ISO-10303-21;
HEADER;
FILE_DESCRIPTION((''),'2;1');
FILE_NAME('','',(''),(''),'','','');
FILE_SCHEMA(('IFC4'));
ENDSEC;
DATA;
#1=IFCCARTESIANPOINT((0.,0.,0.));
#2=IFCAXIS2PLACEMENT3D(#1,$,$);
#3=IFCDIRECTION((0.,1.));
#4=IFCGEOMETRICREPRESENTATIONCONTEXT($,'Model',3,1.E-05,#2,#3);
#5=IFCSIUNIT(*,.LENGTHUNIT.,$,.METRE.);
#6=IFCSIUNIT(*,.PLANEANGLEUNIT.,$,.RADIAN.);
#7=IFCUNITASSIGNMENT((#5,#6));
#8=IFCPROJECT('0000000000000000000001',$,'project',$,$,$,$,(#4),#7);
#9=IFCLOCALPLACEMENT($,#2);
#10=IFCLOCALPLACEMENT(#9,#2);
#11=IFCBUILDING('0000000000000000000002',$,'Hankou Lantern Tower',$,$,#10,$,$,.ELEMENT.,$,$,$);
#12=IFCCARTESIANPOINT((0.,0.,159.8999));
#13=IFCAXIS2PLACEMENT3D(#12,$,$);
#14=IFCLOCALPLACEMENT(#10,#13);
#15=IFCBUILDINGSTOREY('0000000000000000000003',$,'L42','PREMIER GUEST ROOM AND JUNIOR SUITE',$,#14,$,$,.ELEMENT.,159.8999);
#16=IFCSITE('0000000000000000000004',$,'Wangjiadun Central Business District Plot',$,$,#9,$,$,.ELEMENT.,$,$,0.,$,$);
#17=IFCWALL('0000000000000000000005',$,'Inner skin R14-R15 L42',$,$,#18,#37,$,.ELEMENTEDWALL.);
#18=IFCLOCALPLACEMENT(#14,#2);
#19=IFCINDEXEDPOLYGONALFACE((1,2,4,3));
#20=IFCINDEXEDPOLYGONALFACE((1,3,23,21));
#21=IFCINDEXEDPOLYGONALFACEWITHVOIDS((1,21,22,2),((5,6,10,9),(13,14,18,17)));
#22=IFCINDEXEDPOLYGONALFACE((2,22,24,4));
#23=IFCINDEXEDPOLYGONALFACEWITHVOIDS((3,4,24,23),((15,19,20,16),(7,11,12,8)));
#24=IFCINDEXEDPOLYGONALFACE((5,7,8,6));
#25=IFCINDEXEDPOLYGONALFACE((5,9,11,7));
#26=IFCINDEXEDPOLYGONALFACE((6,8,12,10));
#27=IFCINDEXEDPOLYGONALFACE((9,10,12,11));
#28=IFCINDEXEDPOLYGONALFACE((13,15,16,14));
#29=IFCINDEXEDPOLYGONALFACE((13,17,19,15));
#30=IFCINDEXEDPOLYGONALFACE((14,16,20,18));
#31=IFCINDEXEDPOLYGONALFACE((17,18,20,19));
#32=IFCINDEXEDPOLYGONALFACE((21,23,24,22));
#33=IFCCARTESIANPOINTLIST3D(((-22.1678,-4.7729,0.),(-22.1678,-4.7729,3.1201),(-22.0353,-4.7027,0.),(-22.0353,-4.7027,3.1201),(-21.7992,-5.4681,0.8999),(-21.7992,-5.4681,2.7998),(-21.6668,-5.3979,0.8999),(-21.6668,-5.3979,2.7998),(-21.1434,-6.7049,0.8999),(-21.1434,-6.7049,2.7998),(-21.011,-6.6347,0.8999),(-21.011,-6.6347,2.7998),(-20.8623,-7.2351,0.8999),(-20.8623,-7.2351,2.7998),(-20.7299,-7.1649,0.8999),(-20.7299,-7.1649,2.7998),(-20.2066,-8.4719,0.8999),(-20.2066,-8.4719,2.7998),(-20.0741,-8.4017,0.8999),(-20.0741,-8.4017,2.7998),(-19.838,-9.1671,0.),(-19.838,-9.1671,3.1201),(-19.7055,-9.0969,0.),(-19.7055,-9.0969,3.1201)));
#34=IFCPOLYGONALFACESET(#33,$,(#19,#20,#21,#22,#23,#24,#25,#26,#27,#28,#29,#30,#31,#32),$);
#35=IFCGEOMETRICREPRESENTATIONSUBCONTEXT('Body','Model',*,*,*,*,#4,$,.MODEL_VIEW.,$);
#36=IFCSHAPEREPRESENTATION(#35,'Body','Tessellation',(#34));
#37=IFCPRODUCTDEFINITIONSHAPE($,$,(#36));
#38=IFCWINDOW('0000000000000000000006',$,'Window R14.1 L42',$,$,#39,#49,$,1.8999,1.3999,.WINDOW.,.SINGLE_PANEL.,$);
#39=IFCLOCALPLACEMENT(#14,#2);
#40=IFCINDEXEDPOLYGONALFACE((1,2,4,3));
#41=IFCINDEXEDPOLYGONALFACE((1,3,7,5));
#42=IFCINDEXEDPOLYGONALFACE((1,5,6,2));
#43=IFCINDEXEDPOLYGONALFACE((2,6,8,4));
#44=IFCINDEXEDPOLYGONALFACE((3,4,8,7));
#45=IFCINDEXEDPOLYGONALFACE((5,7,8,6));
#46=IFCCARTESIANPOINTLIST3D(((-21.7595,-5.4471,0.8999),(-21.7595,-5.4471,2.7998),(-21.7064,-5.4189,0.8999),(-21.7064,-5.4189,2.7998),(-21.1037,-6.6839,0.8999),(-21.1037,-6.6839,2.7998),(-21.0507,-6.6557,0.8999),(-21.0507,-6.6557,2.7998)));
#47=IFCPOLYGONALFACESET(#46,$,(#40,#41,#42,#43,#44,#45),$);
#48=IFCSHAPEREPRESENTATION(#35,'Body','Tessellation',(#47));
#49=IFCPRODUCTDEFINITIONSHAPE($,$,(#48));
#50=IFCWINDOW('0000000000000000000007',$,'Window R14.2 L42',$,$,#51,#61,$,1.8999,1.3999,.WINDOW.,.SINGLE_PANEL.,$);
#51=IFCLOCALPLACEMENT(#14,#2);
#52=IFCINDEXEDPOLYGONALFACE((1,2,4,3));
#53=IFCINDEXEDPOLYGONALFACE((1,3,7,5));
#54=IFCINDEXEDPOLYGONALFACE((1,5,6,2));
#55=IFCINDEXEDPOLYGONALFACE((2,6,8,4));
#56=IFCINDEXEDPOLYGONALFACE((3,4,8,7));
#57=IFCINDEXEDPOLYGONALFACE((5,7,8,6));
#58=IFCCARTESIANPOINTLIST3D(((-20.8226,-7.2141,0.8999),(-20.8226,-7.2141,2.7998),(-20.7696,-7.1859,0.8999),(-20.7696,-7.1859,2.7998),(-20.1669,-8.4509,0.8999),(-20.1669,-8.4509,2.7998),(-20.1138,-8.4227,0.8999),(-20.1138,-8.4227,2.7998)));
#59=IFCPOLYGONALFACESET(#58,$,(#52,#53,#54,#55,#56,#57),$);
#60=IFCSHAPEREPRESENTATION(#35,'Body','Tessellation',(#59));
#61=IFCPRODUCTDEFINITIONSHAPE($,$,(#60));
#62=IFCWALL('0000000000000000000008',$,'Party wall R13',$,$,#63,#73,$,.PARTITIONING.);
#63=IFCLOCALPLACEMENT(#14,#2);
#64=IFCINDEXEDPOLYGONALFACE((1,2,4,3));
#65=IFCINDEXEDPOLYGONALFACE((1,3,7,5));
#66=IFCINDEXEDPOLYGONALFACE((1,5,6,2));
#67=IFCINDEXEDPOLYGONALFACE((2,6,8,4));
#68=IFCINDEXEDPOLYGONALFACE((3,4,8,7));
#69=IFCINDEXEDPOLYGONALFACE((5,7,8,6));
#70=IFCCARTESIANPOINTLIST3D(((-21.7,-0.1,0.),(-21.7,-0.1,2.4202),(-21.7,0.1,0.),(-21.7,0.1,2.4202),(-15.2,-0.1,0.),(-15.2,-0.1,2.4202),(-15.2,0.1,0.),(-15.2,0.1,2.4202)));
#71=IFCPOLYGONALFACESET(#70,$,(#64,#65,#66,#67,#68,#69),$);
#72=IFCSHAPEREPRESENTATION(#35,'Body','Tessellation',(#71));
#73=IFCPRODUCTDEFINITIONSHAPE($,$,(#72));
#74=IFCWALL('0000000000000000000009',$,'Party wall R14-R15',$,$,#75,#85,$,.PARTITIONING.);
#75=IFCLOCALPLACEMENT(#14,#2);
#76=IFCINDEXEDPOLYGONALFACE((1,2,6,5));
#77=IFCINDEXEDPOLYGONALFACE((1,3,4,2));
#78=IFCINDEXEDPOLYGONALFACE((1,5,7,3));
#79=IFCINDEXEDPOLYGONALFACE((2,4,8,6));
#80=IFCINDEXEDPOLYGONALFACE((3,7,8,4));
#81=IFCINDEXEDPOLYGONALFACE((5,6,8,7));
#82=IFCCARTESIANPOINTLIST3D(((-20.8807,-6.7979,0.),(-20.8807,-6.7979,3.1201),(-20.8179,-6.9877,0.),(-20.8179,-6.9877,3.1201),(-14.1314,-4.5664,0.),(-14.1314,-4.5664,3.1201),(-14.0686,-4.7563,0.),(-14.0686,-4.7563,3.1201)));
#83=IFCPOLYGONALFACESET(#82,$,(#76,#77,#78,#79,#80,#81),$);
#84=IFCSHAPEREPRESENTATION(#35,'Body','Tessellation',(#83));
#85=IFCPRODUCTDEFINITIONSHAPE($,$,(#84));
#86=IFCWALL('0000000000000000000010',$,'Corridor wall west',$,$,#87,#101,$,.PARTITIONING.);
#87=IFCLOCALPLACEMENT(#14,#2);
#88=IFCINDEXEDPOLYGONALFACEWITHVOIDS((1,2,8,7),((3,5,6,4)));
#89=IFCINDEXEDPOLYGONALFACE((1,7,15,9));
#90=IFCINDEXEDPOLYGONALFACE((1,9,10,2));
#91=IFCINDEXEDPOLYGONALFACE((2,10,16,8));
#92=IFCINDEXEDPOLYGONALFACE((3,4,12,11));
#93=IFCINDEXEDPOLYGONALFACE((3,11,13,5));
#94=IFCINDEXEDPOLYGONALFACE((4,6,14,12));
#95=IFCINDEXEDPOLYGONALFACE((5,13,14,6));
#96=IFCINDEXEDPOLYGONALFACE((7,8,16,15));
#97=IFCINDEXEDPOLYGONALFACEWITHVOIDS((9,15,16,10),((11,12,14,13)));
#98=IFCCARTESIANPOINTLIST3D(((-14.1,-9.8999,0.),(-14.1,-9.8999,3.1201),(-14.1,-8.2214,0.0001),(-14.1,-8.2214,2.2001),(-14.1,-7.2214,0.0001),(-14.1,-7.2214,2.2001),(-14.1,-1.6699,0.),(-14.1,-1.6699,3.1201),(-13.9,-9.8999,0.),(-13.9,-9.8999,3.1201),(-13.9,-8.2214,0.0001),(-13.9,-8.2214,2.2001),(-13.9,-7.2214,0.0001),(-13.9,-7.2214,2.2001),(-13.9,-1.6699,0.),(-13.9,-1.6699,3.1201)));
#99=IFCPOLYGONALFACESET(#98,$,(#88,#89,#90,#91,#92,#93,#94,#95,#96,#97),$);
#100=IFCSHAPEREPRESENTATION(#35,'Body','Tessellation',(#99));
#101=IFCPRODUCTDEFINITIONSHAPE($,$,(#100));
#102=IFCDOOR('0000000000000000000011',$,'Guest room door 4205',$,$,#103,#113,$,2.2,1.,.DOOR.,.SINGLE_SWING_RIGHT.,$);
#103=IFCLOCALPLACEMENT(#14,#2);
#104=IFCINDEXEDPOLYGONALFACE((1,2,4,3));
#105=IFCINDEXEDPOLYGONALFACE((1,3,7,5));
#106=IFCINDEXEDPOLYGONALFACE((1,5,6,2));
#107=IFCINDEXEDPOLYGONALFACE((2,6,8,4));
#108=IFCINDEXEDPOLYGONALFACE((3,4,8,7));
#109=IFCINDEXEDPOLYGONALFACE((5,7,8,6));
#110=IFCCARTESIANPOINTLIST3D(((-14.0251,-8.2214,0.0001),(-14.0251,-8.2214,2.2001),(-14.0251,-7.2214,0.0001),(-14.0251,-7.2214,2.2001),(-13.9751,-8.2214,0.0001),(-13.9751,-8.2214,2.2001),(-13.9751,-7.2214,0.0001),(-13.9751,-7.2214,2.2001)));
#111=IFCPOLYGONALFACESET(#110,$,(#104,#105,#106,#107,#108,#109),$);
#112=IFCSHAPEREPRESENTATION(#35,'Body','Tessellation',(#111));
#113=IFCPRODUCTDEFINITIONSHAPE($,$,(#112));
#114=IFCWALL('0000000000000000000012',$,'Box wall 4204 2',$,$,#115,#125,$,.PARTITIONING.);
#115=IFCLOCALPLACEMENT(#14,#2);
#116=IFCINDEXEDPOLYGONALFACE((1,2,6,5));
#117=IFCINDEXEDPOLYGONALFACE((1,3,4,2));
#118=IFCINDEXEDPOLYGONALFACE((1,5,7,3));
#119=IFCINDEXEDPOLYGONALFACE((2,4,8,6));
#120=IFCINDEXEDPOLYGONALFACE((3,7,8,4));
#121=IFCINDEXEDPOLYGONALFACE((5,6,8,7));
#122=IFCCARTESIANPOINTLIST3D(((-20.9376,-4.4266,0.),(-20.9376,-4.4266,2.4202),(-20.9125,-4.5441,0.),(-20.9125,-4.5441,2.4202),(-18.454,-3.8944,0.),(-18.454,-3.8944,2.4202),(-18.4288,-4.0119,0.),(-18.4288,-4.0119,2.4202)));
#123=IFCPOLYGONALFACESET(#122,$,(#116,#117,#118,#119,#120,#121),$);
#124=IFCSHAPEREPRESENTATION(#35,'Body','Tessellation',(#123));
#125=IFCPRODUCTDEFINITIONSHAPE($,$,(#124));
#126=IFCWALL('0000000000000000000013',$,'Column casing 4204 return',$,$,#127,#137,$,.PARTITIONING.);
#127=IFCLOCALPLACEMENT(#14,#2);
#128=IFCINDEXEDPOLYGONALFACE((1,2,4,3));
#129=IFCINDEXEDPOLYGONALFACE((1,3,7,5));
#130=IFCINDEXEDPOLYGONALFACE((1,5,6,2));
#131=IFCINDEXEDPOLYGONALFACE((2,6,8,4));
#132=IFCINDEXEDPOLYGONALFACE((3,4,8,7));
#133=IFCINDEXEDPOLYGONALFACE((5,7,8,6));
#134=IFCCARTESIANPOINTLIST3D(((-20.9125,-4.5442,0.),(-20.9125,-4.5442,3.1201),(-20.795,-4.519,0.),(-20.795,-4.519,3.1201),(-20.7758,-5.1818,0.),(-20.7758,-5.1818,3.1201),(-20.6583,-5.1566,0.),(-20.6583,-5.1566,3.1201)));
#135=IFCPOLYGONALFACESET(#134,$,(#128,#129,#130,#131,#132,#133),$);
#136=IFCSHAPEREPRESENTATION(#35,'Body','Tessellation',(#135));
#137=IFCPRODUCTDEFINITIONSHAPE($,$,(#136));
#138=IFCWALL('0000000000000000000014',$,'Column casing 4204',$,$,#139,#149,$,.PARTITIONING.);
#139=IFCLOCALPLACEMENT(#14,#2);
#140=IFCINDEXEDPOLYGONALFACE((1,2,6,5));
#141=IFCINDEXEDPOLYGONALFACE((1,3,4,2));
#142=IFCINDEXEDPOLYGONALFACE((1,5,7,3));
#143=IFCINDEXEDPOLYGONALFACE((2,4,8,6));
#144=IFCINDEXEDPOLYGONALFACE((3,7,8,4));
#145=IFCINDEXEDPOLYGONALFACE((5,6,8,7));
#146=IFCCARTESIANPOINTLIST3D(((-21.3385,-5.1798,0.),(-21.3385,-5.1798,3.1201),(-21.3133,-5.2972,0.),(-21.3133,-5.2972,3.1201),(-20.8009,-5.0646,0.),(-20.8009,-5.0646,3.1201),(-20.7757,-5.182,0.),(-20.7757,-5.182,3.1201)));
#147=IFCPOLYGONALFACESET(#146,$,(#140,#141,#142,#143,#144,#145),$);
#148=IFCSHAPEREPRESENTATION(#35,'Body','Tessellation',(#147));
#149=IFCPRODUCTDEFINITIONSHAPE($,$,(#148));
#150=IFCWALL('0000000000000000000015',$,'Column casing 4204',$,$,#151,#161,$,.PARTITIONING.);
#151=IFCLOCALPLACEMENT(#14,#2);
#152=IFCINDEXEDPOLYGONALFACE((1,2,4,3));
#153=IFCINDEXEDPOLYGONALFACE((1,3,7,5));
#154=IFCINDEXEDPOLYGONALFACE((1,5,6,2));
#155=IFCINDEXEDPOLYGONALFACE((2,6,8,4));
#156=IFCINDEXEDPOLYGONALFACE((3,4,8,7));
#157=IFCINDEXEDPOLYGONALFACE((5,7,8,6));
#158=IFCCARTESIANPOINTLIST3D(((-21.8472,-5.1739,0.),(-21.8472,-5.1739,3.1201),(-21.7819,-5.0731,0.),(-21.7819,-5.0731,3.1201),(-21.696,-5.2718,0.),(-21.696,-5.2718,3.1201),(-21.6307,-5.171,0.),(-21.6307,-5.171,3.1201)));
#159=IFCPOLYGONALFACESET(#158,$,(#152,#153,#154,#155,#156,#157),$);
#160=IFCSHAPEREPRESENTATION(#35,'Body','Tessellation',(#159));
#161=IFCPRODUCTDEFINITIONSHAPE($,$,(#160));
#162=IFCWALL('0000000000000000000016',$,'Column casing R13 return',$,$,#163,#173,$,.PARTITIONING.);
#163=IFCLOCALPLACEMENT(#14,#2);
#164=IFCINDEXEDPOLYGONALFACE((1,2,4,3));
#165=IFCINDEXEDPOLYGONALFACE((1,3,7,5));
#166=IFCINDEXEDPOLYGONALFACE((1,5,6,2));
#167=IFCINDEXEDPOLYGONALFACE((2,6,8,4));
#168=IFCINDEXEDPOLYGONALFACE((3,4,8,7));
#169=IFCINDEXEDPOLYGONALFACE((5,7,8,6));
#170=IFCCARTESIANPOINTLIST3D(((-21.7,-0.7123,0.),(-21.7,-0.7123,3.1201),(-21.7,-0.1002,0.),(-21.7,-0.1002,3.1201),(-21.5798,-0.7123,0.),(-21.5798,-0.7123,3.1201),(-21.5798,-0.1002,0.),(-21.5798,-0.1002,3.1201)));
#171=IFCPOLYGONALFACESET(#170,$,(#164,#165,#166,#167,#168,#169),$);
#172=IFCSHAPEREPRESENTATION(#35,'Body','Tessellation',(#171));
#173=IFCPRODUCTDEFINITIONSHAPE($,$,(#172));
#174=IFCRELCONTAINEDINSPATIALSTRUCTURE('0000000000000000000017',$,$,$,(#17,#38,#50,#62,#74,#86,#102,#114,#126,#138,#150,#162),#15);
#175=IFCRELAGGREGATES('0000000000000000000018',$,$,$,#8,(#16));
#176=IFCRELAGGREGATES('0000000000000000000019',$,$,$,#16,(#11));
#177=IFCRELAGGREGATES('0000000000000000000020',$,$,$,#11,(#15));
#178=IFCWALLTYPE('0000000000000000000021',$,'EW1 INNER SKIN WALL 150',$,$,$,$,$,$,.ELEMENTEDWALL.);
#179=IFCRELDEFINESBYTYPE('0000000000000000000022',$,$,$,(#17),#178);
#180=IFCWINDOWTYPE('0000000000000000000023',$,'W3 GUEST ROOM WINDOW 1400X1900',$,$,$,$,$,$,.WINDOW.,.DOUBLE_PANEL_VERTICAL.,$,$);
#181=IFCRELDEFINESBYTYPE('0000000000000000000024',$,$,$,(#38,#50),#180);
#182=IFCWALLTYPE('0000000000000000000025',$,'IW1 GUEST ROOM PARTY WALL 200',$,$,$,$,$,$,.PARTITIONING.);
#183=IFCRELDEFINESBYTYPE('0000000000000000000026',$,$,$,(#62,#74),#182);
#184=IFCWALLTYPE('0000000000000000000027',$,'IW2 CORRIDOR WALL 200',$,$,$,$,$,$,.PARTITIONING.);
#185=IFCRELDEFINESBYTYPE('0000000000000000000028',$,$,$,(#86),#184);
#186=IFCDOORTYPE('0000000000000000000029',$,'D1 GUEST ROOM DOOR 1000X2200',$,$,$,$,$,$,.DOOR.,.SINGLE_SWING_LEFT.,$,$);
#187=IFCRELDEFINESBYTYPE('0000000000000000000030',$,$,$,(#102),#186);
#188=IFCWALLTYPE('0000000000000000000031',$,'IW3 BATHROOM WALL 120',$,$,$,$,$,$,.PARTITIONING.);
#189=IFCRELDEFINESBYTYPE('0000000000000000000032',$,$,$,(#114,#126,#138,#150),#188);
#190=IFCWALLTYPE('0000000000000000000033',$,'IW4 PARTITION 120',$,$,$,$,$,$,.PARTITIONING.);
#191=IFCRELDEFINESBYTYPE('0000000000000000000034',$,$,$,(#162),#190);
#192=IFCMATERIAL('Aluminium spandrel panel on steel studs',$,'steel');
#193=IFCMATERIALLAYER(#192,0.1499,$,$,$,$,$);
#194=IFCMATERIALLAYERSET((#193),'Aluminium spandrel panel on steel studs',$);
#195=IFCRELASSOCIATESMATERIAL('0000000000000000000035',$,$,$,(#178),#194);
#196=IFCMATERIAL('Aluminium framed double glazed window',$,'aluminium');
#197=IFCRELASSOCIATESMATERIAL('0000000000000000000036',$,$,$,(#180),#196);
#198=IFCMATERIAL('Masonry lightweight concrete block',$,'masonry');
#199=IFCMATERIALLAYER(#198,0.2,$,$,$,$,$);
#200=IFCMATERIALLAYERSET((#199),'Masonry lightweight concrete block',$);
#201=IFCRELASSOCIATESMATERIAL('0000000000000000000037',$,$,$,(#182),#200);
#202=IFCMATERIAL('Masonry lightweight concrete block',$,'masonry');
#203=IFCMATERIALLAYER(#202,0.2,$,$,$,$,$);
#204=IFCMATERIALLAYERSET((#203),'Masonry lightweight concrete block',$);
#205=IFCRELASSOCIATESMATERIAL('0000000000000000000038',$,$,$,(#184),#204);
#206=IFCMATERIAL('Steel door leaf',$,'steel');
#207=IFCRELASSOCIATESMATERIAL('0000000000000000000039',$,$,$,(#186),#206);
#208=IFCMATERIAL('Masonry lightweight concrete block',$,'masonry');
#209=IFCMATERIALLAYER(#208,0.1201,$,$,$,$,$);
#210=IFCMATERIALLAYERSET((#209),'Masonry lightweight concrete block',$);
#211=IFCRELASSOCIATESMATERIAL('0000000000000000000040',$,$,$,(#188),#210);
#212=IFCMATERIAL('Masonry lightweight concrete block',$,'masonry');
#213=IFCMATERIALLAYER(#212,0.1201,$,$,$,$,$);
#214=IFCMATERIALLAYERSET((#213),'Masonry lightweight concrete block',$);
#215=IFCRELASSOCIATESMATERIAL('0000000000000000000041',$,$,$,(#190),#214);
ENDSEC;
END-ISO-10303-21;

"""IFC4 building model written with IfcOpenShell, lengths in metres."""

from ifc_helpers import new_model, si_unit, direction, frame, frame_2d, origin, place, context, subcontext, project, spatial, rectangle, extrude, material, layer, layer_set, type_object, element, fill, save


model = new_model("IFC4")

# Units and contexts
model_context = context("Model", 3, precision=1e-05, world=origin(), true_north=direction((0.0, 1.0)))
body_context = subcontext(model_context, "Body", "Model", "MODEL_VIEW")
ifc_project = project(units=[si_unit("LENGTHUNIT", "METRE"), si_unit("PLANEANGLEUNIT", "RADIAN")], contexts=[model_context])

# Site, building, storey
site_placement = place(None, origin())
site = spatial("IfcSite", under=ifc_project, at=site_placement, Name="Wangjiadun Central Business District Plot", CompositionType="ELEMENT", RefElevation=0.0)
building_placement = place(site_placement, origin())
building = spatial("IfcBuilding", under=site, at=building_placement, Name="Hankou Lantern Tower", CompositionType="ELEMENT")
storey_placement = place(building_placement, frame((0.0, 0.0, 159.8999)))
storey = spatial("IfcBuildingStorey", under=building, at=storey_placement, Name="L42", Description="PREMIER GUEST ROOM AND JUNIOR SUITE", CompositionType="ELEMENT", Elevation=159.8999)

# Wall, openings, windows
ifc_material_1 = material(Name="Aluminium spandrel panel on steel studs", Category="steel")
ifc_layer_1 = layer(ifc_material_1, 0.1499)
ifc_layer_set_1 = layer_set([ifc_layer_1], Name="Aluminium spandrel panel on steel studs")
wall_type_1 = type_object("IfcWallType", Name="EW1 INNER SKIN WALL 150", PredefinedType="ELEMENTEDWALL", material=ifc_layer_set_1)
ifc_material_2 = material(Name="Aluminium framed double glazed window", Category="aluminium")
window_type = type_object("IfcWindowType", Name="W3 GUEST ROOM WINDOW 1400X1900", PartitioningType="DOUBLE_PANEL_VERTICAL", PredefinedType="WINDOW", material=ifc_material_2)
wall_1_placement = place(storey_placement, frame((-22.1016, -4.7378, 0.0), z_axis=(0.0, 0.0, 1.0), x_axis=(0.468429, -0.883501, 0.0)))
wall_1 = element("IfcWall", 1, at=wall_1_placement, inside=storey, type_object=wall_type_1, Name="Inner skin R14-R15 L42", PredefinedType="ELEMENTEDWALL", context=body_context, shape_type="SweptSolid", body=[
    extrude(rectangle(XDim=4.9736, YDim=0.1499, at=frame_2d((2.4868, 0.0))), origin(), (0.0, 0.0, 1.0), 3.1201),
])
opening_1_placement = place(wall_1_placement, frame((0.7869, 0.0, 0.8999)))
opening_1 = element("IfcOpeningElement", 2, at=opening_1_placement, cuts=wall_1, PredefinedType="OPENING", context=body_context, shape_type="SweptSolid", body=[
    extrude(rectangle(XDim=1.3999, YDim=1.8999, at=frame_2d((0.7, 0.95))), frame((0.0, 0.085, 0.0), z_axis=(0.0, -1.0, 0.0), x_axis=(1.0, 0.0, 0.0)), (0.0, 0.0, 1.0), 0.1699),
])
opening_2_placement = place(wall_1_placement, frame((2.7869, 0.0, 0.8999)))
opening_2 = element("IfcOpeningElement", 3, at=opening_2_placement, cuts=wall_1, PredefinedType="OPENING", context=body_context, shape_type="SweptSolid", body=[
    extrude(rectangle(XDim=1.3999, YDim=1.8999, at=frame_2d((0.7, 0.95))), frame((0.0, 0.085, 0.0), z_axis=(0.0, -1.0, 0.0), x_axis=(1.0, 0.0, 0.0)), (0.0, 0.0, 1.0), 0.1699),
])
window_1_placement = place(opening_1_placement, origin())
window_1 = element("IfcWindow", 4, at=window_1_placement, inside=storey, type_object=window_type, Name="Window R14.1 L42", OverallHeight=1.8999, OverallWidth=1.3999, PartitioningType="SINGLE_PANEL", PredefinedType="WINDOW", context=body_context, shape_type="SweptSolid", body=[
    extrude(rectangle(XDim=1.3999, YDim=1.8999, at=frame_2d((0.7, 0.95))), frame((0.0, 0.03, 0.0), z_axis=(0.0, -1.0, 0.0), x_axis=(1.0, 0.0, 0.0)), (0.0, 0.0, 1.0), 0.0601),
])
fill(opening_1, window_1)
window_2_placement = place(opening_2_placement, origin())
window_2 = element("IfcWindow", 5, at=window_2_placement, inside=storey, type_object=window_type, Name="Window R14.2 L42", OverallHeight=1.8999, OverallWidth=1.3999, PartitioningType="SINGLE_PANEL", PredefinedType="WINDOW", context=body_context, shape_type="SweptSolid", body=[
    extrude(rectangle(XDim=1.3999, YDim=1.8999, at=frame_2d((0.7, 0.95))), frame((0.0, 0.03, 0.0), z_axis=(0.0, -1.0, 0.0), x_axis=(1.0, 0.0, 0.0)), (0.0, 0.0, 1.0), 0.0601),
])
fill(opening_2, window_2)

# Walls
ifc_material_3 = material(Name="Masonry lightweight concrete block", Category="masonry")
ifc_layer_2 = layer(ifc_material_3, 0.2)
ifc_layer_set_2 = layer_set([ifc_layer_2], Name="Masonry lightweight concrete block")
wall_type_2 = type_object("IfcWallType", Name="IW1 GUEST ROOM PARTY WALL 200", PredefinedType="PARTITIONING", material=ifc_layer_set_2)
wall_2_placement = place(storey_placement, frame((-15.2, 0.0, 0.0), z_axis=(0.0, 0.0, 1.0), x_axis=(-1.0, 0.0, 0.0)))
element("IfcWall", 6, at=wall_2_placement, inside=storey, type_object=wall_type_2, Name="Party wall R13", PredefinedType="PARTITIONING", context=body_context, shape_type="SweptSolid", body=[
    extrude(rectangle(XDim=6.5, YDim=0.2, at=frame_2d((3.25, 0.0))), origin(), (0.0, 0.0, 1.0), 2.4202),
])
wall_3_placement = place(storey_placement, frame((-14.1001, -4.6614, 0.0), z_axis=(0.0, 0.0, 1.0), x_axis=(-0.949453, -0.313909, 0.0)))
element("IfcWall", 7, at=wall_3_placement, inside=storey, type_object=wall_type_2, Name="Party wall R14-R15", PredefinedType="PARTITIONING", context=body_context, shape_type="SweptSolid", body=[
    extrude(rectangle(XDim=7.1086, YDim=0.2, at=frame_2d((3.5542, 0.0))), origin(), (0.0, 0.0, 1.0), 3.1201),
])

# Wall, opening, door
ifc_material_4 = material(Name="Masonry lightweight concrete block", Category="masonry")
ifc_layer_3 = layer(ifc_material_4, 0.2)
ifc_layer_set_3 = layer_set([ifc_layer_3], Name="Masonry lightweight concrete block")
wall_type_3 = type_object("IfcWallType", Name="IW2 CORRIDOR WALL 200", PredefinedType="PARTITIONING", material=ifc_layer_set_3)
wall_4_placement = place(storey_placement, frame((-14.0, -1.6699, 0.0), z_axis=(0.0, 0.0, 1.0), x_axis=(0.0, -1.0, 0.0)))
wall_4 = element("IfcWall", 8, at=wall_4_placement, inside=storey, type_object=wall_type_3, Name="Corridor wall west", PredefinedType="PARTITIONING", context=body_context, shape_type="SweptSolid", body=[
    extrude(rectangle(XDim=8.23, YDim=0.2, at=frame_2d((4.115, 0.0))), origin(), (0.0, 0.0, 1.0), 3.1201),
])
opening_3_placement = place(wall_4_placement, frame((5.5515, 0.0, 0.0)))
opening_3 = element("IfcOpeningElement", 9, at=opening_3_placement, cuts=wall_4, PredefinedType="OPENING", context=body_context, shape_type="SweptSolid", body=[
    extrude(rectangle(XDim=1.0, YDim=2.2, at=frame_2d((0.5, 1.1001))), frame((0.0, 0.1099, 0.0), z_axis=(0.0, -1.0, 0.0), x_axis=(1.0, 0.0, 0.0)), (0.0, 0.0, 1.0), 0.22),
])
ifc_material_5 = material(Name="Steel door leaf", Category="steel")
door_type = type_object("IfcDoorType", Name="D1 GUEST ROOM DOOR 1000X2200", OperationType="SINGLE_SWING_LEFT", PredefinedType="DOOR", material=ifc_material_5)
door_placement = place(opening_3_placement, origin())
door = element("IfcDoor", 10, at=door_placement, inside=storey, type_object=door_type, Name="Guest room door 4205", OperationType="SINGLE_SWING_RIGHT", OverallHeight=2.2, OverallWidth=1.0, PredefinedType="DOOR", context=body_context, shape_type="SweptSolid", body=[
    extrude(rectangle(XDim=1.0, YDim=2.2, at=frame_2d((0.5, 1.1001))), frame((0.0, 0.0249, 0.0), z_axis=(0.0, -1.0, 0.0), x_axis=(1.0, 0.0, 0.0)), (0.0, 0.0, 1.0), 0.05),
])
fill(opening_3, door)

# Walls
ifc_material_6 = material(Name="Masonry lightweight concrete block", Category="masonry")
ifc_layer_4 = layer(ifc_material_6, 0.1201)
ifc_layer_set_4 = layer_set([ifc_layer_4], Name="Masonry lightweight concrete block")
wall_type_4 = type_object("IfcWallType", Name="IW3 BATHROOM WALL 120", PredefinedType="PARTITIONING", material=ifc_layer_set_4)
wall_5_placement = place(storey_placement, frame((-18.4414, -3.9531, 0.0), z_axis=(0.0, 0.0, 1.0), x_axis=(-0.977801, -0.209536, 0.0)))
element("IfcWall", 11, at=wall_5_placement, inside=storey, type_object=wall_type_4, Name="Box wall 4204 2", PredefinedType="PARTITIONING", context=body_context, shape_type="SweptSolid", body=[
    extrude(rectangle(XDim=2.54, YDim=0.1201, at=frame_2d((1.27, 0.0))), origin(), (0.0, 0.0, 1.0), 2.4202),
])
wall_6_placement = place(storey_placement, frame((-20.8538, -4.5315, 0.0), z_axis=(0.0, 0.0, 1.0), x_axis=(0.209631, -0.97778, 0.0)))
element("IfcWall", 12, at=wall_6_placement, inside=storey, type_object=wall_type_4, Name="Column casing 4204 return", PredefinedType="PARTITIONING", context=body_context, shape_type="SweptSolid", body=[
    extrude(rectangle(XDim=0.6521, YDim=0.1201, at=frame_2d((0.3262, 0.0))), origin(), (0.0, 0.0, 1.0), 3.1201),
])
wall_7_placement = place(storey_placement, frame((-20.7883, -5.1233, 0.0), z_axis=(0.0, 0.0, 1.0), x_axis=(-0.977789, -0.20959, 0.0)))
element("IfcWall", 13, at=wall_7_placement, inside=storey, type_object=wall_type_4, Name="Column casing 4204", PredefinedType="PARTITIONING", context=body_context, shape_type="SweptSolid", body=[
    extrude(rectangle(XDim=0.5498, YDim=0.1201, at=frame_2d((0.2749, 0.0))), origin(), (0.0, 0.0, 1.0), 3.1201),
])
wall_8_placement = place(storey_placement, frame((-21.6633, -5.2214, 0.0), z_axis=(0.0, 0.0, 1.0), x_axis=(-0.839279, 0.543701, 0.0)))
element("IfcWall", 14, at=wall_8_placement, inside=storey, type_object=wall_type_4, Name="Column casing 4204", PredefinedType="PARTITIONING", context=body_context, shape_type="SweptSolid", body=[
    extrude(rectangle(XDim=0.1802, YDim=0.1201, at=frame_2d((0.0901, 0.0))), origin(), (0.0, 0.0, 1.0), 3.1201),
])
ifc_material_7 = material(Name="Masonry lightweight concrete block", Category="masonry")
ifc_layer_5 = layer(ifc_material_7, 0.1201)
ifc_layer_set_5 = layer_set([ifc_layer_5], Name="Masonry lightweight concrete block")
wall_type_5 = type_object("IfcWallType", Name="IW4 PARTITION 120", PredefinedType="PARTITIONING", material=ifc_layer_set_5)
wall_9_placement = place(storey_placement, frame((-21.6399, -0.1001, 0.0), z_axis=(0.0, 0.0, 1.0), x_axis=(0.0, -1.0, 0.0)))
element("IfcWall", 15, at=wall_9_placement, inside=storey, type_object=wall_type_5, Name="Column casing R13 return", PredefinedType="PARTITIONING", context=body_context, shape_type="SweptSolid", body=[
    extrude(rectangle(XDim=0.6121, YDim=0.1201, at=frame_2d((0.3062, 0.0))), origin(), (0.0, 0.0, 1.0), 3.1201),
])

save(model, "model.ifc")
